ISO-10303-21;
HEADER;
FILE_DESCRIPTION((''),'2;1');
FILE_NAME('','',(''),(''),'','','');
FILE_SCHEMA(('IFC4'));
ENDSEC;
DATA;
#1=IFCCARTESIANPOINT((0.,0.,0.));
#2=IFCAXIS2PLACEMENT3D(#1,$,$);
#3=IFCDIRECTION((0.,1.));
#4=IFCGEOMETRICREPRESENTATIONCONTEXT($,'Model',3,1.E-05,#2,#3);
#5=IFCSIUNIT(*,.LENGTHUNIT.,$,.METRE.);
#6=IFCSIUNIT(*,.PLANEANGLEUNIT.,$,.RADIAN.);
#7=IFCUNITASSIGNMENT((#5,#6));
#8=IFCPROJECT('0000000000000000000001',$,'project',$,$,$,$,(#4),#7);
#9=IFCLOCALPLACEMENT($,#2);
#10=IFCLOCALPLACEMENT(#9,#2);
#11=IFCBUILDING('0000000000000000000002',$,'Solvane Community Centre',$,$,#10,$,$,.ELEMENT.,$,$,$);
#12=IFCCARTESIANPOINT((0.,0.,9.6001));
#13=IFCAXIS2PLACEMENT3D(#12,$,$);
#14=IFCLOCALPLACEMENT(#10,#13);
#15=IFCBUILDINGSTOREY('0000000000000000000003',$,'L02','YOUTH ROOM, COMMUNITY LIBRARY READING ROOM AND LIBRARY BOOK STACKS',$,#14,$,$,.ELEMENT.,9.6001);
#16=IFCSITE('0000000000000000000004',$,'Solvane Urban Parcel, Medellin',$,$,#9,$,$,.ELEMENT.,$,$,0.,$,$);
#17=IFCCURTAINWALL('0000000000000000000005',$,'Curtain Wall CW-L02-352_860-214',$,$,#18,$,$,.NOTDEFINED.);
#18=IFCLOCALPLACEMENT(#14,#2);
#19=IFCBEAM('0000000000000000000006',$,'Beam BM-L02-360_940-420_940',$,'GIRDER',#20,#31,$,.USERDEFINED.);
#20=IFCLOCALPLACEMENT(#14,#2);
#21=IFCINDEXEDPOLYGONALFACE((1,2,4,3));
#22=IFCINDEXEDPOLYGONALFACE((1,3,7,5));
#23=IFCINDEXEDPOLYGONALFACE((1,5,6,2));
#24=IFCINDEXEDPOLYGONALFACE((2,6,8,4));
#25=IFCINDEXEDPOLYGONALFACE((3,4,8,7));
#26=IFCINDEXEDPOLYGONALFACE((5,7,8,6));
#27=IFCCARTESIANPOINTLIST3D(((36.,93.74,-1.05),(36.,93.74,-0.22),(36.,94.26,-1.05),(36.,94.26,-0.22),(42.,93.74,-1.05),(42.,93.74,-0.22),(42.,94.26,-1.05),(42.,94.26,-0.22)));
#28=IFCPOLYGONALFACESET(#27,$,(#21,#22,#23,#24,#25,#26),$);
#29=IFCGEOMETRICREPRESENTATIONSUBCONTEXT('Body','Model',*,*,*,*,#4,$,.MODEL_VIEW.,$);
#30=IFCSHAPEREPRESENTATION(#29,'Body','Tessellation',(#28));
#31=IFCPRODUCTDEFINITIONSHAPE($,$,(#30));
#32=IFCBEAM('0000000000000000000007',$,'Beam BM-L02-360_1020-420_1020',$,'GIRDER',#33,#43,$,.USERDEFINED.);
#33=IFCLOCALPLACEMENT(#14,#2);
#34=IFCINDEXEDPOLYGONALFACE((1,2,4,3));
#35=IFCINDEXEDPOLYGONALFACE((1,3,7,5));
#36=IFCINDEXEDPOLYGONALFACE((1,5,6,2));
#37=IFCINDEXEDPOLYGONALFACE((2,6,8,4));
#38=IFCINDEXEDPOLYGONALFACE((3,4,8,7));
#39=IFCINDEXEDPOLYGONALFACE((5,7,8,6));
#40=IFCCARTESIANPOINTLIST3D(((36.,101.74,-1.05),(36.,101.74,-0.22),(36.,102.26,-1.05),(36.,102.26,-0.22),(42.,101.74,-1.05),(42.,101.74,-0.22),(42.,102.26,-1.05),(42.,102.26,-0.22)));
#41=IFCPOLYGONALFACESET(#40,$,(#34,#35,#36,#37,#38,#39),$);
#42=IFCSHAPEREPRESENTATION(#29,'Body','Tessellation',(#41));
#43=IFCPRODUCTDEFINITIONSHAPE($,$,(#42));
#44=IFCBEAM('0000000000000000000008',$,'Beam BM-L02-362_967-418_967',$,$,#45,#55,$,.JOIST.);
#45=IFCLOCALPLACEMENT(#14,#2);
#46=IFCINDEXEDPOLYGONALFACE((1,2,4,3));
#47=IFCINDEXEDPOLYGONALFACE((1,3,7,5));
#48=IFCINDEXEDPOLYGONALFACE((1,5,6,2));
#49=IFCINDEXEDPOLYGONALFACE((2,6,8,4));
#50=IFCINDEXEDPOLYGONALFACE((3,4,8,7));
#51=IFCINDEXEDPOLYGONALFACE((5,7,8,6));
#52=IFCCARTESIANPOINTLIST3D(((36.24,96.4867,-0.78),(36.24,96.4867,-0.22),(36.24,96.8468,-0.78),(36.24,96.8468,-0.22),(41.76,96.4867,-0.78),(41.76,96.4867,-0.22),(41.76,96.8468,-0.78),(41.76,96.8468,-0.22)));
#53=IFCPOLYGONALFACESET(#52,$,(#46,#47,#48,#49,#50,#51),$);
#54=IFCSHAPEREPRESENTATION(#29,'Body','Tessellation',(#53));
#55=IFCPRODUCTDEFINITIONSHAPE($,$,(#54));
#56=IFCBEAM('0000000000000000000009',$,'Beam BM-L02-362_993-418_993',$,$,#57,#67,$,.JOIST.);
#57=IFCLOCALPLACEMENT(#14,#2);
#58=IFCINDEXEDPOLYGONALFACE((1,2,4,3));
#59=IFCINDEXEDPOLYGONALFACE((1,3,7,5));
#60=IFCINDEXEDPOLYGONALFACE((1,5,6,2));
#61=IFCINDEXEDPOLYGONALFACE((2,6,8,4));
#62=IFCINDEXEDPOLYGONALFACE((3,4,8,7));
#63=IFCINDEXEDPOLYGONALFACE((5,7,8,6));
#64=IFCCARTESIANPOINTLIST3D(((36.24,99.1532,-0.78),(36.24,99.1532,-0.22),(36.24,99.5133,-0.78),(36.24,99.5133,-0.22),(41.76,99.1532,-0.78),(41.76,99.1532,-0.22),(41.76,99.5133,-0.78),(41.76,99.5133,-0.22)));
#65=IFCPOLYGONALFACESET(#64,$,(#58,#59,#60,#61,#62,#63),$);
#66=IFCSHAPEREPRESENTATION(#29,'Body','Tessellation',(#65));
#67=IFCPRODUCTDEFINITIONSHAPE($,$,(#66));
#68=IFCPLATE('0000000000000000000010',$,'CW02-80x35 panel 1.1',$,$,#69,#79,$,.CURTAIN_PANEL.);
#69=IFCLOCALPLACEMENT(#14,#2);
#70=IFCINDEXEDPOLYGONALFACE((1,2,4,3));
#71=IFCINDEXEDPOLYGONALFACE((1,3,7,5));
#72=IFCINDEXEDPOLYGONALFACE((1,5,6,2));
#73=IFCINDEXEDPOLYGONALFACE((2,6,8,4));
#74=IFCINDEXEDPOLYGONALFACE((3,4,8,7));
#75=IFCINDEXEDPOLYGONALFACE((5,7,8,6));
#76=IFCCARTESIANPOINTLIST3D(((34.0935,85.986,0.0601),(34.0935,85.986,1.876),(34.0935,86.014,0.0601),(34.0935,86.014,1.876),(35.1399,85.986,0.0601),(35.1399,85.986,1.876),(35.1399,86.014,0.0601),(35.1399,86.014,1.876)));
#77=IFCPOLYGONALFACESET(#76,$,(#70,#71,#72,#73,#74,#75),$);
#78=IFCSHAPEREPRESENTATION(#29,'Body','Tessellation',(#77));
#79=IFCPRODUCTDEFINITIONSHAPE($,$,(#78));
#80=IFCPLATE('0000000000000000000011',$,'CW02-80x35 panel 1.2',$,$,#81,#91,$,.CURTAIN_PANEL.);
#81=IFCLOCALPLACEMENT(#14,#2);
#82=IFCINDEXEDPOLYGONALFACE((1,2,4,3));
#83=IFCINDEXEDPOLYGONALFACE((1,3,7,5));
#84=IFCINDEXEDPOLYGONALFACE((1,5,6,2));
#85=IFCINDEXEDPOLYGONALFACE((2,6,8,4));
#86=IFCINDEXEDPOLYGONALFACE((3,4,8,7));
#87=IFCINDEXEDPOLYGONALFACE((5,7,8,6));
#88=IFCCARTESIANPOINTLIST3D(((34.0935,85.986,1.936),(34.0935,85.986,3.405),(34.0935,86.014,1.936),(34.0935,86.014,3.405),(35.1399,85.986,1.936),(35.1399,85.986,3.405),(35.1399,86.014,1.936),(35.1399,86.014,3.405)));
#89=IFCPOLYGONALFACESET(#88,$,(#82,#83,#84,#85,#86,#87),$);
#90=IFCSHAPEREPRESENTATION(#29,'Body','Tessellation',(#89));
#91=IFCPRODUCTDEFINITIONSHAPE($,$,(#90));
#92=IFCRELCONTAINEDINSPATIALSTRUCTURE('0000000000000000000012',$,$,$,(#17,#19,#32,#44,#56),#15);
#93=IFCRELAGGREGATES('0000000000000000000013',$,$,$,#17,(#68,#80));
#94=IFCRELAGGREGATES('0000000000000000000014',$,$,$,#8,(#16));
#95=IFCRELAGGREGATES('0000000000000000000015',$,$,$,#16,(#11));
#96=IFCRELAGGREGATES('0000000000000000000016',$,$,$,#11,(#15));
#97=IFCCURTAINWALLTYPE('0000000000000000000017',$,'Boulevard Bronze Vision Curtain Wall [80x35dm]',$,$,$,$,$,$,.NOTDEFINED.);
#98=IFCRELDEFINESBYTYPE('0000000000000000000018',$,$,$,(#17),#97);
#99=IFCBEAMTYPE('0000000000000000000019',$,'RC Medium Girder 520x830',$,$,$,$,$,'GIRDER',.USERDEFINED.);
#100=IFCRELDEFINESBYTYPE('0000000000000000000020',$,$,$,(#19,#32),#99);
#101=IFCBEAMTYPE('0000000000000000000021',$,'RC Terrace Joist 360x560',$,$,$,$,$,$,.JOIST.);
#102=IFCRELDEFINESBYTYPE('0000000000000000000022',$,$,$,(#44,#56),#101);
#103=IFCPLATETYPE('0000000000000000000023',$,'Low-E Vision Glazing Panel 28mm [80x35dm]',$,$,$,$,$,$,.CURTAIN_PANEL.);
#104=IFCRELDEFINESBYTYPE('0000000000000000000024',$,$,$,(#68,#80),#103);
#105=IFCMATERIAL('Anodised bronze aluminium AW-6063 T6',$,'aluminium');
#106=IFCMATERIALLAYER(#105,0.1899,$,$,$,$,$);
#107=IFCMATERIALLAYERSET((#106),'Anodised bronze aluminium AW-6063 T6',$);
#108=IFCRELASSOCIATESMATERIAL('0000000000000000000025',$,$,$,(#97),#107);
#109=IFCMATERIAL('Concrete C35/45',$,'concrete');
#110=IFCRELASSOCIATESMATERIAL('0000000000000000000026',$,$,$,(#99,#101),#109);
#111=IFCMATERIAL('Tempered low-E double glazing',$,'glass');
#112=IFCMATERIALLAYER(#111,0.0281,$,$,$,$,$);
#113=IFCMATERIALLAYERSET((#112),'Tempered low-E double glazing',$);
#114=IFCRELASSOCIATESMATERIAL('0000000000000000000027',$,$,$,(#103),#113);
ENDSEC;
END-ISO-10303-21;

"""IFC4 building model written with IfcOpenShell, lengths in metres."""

from ifc_helpers import new_model, si_unit, direction, frame, origin, origin_2d, place, context, subcontext, project, spatial, rectangle, extrude, material, layer, layer_set, material_profile, profile_set, type_object, element, aggregate, save


model = new_model("IFC4")

# Units and contexts
model_context = context("Model", 3, precision=1e-05, world=origin(), true_north=direction((0.0, 1.0)))
body_context = subcontext(model_context, "Body", "Model", "MODEL_VIEW")
ifc_project = project(units=[si_unit("LENGTHUNIT", "METRE"), si_unit("PLANEANGLEUNIT", "RADIAN")], contexts=[model_context])

# Site, building, storey
site_placement = place(None, origin())
site = spatial("IfcSite", under=ifc_project, at=site_placement, Name="Solvane Urban Parcel, Medellin", CompositionType="ELEMENT", RefElevation=0.0)
building_placement = place(site_placement, origin())
building = spatial("IfcBuilding", under=site, at=building_placement, Name="Solvane Community Centre", CompositionType="ELEMENT")
storey_placement = place(building_placement, frame((0.0, 0.0, 9.6001)))
storey = spatial("IfcBuildingStorey", under=building, at=storey_placement, Name="L02", Description="YOUTH ROOM, COMMUNITY LIBRARY READING ROOM AND LIBRARY BOOK STACKS", CompositionType="ELEMENT", Elevation=9.6001)

# Curtain wall
ifc_material_1 = material(Name="Anodised bronze aluminium AW-6063 T6", Category="aluminium")
ifc_layer_1 = layer(ifc_material_1, 0.1899)
ifc_layer_set_1 = layer_set([ifc_layer_1], Name="Anodised bronze aluminium AW-6063 T6")
curtain_wall_type = type_object("IfcCurtainWallType", Name="Boulevard Bronze Vision Curtain Wall [80x35dm]", PredefinedType="NOTDEFINED", material=ifc_layer_set_1)
curtain_wall_placement = place(storey_placement, origin())
curtain_wall = element("IfcCurtainWall", 1, at=curtain_wall_placement, inside=storey, type_object=curtain_wall_type, Name="Curtain Wall CW-L02-352_860-214", PredefinedType="NOTDEFINED")

# Beams
ifc_material_2 = material(Name="Concrete C35/45", Category="concrete")
ifc_material_profile_1 = material_profile(ifc_material_2, rectangle(XDim=0.52, YDim=0.8301, at=origin_2d()), Name="RC 520x830")
ifc_profile_set_1 = profile_set([ifc_material_profile_1], Name="Concrete C35/45")
beam_type_1 = type_object("IfcBeamType", Name="RC Medium Girder 520x830", ElementType="GIRDER", PredefinedType="USERDEFINED", material=ifc_profile_set_1)
for number, where, z_axis, x_axis, name in (
    (2, (36.0, 94.0, -0.635), (1.0, 0.0, 0.0), (0.0, 1.0, 0.0), "Beam BM-L02-360_940-420_940"),
    (3, (36.0, 102.0, -0.635), (1.0, 0.0, 0.0), (0.0, 1.0, 0.0), "Beam BM-L02-360_1020-420_1020"),
):
    element("IfcBeam", number, at=place(storey_placement, frame(where, z_axis=z_axis, x_axis=x_axis)), inside=storey, type_object=beam_type_1, Name=name, ObjectType="GIRDER", PredefinedType="USERDEFINED", context=body_context, shape_type="SweptSolid", body=[
        extrude(rectangle(XDim=0.52, YDim=0.8301, at=origin_2d()), origin(), (0.0, 0.0, 1.0), 6.0),
    ])
ifc_material_profile_2 = material_profile(ifc_material_2, rectangle(XDim=0.3601, YDim=0.5601, at=origin_2d()), Name="RC 360x560")
ifc_profile_set_2 = profile_set([ifc_material_profile_2], Name="Concrete C35/45")
beam_type_2 = type_object("IfcBeamType", Name="RC Terrace Joist 360x560", PredefinedType="JOIST", material=ifc_profile_set_2)
for number, where, z_axis, x_axis, name in (
    (4, (36.24, 96.6667, -0.5), (1.0, 0.0, 0.0), (0.0, 1.0, 0.0), "Beam BM-L02-362_967-418_967"),
    (5, (36.24, 99.3333, -0.5), (1.0, 0.0, 0.0), (0.0, 1.0, 0.0), "Beam BM-L02-362_993-418_993"),
):
    element("IfcBeam", number, at=place(storey_placement, frame(where, z_axis=z_axis, x_axis=x_axis)), inside=storey, type_object=beam_type_2, Name=name, PredefinedType="JOIST", context=body_context, shape_type="SweptSolid", body=[
        extrude(rectangle(XDim=0.3601, YDim=0.5601, at=origin_2d()), origin(), (0.0, 0.0, 1.0), 5.52),
    ])

# Plates
ifc_material_3 = material(Name="Tempered low-E double glazing", Category="glass")
ifc_layer_2 = layer(ifc_material_3, 0.0281)
ifc_layer_set_2 = layer_set([ifc_layer_2], Name="Tempered low-E double glazing")
plate_type = type_object("IfcPlateType", Name="Low-E Vision Glazing Panel 28mm [80x35dm]", PredefinedType="CURTAIN_PANEL", material=ifc_layer_set_2)
plate_1_placement = place(storey_placement, frame((34.6167, 86.0, 0.0601), z_axis=(0.0, 0.0, 1.0), x_axis=(-1.0, 0.0, 0.0)))
plate_1 = element("IfcPlate", 6, at=plate_1_placement, type_object=plate_type, Name="CW02-80x35 panel 1.1", PredefinedType="CURTAIN_PANEL", context=body_context, shape_type="SweptSolid", body=[
    extrude(rectangle(XDim=1.0464, YDim=0.0281, at=origin_2d()), origin(), (0.0, 0.0, 1.0), 1.8159),
])
plate_2_placement = place(storey_placement, frame((34.6167, 86.0, 1.936), z_axis=(0.0, 0.0, 1.0), x_axis=(-1.0, 0.0, 0.0)))
plate_2 = element("IfcPlate", 7, at=plate_2_placement, type_object=plate_type, Name="CW02-80x35 panel 1.2", PredefinedType="CURTAIN_PANEL", context=body_context, shape_type="SweptSolid", body=[
    extrude(rectangle(XDim=1.0464, YDim=0.0281, at=origin_2d()), origin(), (0.0, 0.0, 1.0), 1.469),
])
aggregate(curtain_wall, [plate_1, plate_2])

save(model, "model.ifc")
